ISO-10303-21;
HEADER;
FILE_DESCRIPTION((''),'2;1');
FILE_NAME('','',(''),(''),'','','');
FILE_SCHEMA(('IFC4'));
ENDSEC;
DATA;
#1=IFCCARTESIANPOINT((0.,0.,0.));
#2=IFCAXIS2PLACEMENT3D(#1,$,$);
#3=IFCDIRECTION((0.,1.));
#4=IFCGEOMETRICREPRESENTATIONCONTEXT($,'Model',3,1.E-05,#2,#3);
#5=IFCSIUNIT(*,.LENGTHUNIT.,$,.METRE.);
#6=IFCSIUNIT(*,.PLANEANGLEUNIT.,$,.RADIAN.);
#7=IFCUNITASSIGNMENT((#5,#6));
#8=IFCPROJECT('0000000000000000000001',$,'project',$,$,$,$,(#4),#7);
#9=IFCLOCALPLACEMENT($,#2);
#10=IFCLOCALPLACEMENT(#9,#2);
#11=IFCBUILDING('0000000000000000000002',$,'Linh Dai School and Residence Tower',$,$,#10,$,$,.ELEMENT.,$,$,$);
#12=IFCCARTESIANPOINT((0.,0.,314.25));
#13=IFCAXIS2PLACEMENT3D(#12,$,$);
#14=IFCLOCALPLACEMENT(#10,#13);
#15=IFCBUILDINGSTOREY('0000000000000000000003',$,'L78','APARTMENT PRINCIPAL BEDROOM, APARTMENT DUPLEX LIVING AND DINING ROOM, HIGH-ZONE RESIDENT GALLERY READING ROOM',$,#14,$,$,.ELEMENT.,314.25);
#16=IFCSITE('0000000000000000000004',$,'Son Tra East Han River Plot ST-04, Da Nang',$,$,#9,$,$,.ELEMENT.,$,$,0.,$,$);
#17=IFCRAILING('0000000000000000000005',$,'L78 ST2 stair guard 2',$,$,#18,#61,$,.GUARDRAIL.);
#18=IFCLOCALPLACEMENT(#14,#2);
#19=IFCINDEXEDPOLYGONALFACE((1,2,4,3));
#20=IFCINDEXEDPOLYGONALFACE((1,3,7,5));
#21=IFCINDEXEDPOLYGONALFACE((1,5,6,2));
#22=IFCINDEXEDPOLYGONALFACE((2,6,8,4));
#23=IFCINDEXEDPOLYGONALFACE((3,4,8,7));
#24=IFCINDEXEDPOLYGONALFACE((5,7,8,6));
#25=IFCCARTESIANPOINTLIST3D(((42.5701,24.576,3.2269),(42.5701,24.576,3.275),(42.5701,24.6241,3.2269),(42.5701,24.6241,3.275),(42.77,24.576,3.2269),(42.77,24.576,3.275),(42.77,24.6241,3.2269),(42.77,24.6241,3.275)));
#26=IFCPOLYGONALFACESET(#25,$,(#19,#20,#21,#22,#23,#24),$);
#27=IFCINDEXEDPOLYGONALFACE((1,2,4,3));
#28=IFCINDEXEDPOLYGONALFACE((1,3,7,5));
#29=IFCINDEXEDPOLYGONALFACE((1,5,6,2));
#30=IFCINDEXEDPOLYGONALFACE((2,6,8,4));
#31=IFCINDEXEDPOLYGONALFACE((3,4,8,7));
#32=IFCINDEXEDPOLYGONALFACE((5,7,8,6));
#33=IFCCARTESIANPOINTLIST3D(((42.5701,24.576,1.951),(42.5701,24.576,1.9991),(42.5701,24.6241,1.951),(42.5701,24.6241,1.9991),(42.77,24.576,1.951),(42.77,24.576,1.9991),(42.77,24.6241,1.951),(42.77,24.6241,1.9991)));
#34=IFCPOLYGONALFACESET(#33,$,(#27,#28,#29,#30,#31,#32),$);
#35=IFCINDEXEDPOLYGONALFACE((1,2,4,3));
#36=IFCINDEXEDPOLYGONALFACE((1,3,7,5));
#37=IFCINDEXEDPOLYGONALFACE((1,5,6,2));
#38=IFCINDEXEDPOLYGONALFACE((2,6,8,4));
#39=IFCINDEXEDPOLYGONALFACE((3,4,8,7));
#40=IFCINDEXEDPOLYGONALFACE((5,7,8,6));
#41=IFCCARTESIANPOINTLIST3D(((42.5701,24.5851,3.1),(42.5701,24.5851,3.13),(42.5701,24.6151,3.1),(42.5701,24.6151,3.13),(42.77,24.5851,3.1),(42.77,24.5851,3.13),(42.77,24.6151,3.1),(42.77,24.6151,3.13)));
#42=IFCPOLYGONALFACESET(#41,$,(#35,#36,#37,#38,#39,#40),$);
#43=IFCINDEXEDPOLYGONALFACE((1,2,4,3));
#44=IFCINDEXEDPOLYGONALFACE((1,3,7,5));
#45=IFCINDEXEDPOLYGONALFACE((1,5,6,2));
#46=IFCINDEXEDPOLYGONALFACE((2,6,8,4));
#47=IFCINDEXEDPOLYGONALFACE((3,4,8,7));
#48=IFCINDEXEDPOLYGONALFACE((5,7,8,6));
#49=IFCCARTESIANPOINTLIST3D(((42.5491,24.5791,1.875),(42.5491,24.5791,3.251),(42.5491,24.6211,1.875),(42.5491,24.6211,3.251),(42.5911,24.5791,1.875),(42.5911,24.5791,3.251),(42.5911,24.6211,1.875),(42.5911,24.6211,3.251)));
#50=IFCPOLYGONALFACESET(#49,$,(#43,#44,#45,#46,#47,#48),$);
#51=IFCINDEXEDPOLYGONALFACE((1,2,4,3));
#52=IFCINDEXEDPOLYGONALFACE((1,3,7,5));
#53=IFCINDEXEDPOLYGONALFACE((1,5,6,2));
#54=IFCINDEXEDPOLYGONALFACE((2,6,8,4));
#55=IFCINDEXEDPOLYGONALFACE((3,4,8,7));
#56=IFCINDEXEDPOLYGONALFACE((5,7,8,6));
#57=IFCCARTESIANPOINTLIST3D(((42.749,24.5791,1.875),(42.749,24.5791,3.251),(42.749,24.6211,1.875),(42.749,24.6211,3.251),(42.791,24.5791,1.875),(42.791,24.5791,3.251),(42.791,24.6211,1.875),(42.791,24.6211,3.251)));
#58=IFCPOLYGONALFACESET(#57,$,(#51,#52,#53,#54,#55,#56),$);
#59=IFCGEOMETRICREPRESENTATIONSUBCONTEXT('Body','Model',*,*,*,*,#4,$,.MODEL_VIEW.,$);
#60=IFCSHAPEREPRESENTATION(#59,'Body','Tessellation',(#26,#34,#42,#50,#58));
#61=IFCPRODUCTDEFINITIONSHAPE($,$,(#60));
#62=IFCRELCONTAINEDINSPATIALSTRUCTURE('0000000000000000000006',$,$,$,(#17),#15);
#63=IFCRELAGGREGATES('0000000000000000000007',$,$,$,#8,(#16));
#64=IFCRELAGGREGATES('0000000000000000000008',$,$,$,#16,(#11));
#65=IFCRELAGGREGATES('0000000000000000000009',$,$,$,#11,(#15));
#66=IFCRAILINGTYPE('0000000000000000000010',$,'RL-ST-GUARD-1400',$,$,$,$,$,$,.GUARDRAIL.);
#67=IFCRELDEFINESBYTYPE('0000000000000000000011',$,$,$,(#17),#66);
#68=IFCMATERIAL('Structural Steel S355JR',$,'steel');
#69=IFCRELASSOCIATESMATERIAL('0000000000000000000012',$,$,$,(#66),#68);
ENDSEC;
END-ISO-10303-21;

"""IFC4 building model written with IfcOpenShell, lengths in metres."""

from ifc_helpers import new_model, si_unit, direction, frame, origin, origin_2d, place, context, subcontext, project, spatial, rectangle, extrude, source, transform, mapped, material, type_object, element, save


model = new_model("IFC4")

# Units and contexts
model_context = context("Model", 3, precision=1e-05, world=origin(), true_north=direction((0.0, 1.0)))
body_context = subcontext(model_context, "Body", "Model", "MODEL_VIEW")
ifc_project = project(units=[si_unit("LENGTHUNIT", "METRE"), si_unit("PLANEANGLEUNIT", "RADIAN")], contexts=[model_context])

# Site, building, storey
site_placement = place(None, origin())
site = spatial("IfcSite", under=ifc_project, at=site_placement, Name="Son Tra East Han River Plot ST-04, Da Nang", CompositionType="ELEMENT", RefElevation=0.0)
building_placement = place(site_placement, origin())
building = spatial("IfcBuilding", under=site, at=building_placement, Name="Linh Dai School and Residence Tower", CompositionType="ELEMENT")
storey_placement = place(building_placement, frame((0.0, 0.0, 314.25)))
storey = spatial("IfcBuildingStorey", under=building, at=storey_placement, Name="L78", Description="APARTMENT PRINCIPAL BEDROOM, APARTMENT DUPLEX LIVING AND DINING ROOM, HIGH-ZONE RESIDENT GALLERY READING ROOM", CompositionType="ELEMENT", Elevation=314.25)

# Shared definitions
ifc_material_1 = material(Name="Structural Steel S355JR", Category="steel")

# Railing
railing_type_1 = type_object("IfcRailingType", Name="RL-ST-GUARD-1400", PredefinedType="GUARDRAIL", material=ifc_material_1)
shared_shape_1 = source(origin(), body_context, "Body", "SweptSolid", [
    extrude(rectangle(XDim=0.0481, YDim=0.0481, at=origin_2d()), frame((0.0, 0.0, 1.376), z_axis=(1.0, 0.0, 0.0), x_axis=(0.0, 1.0, 0.0)), (0.0, 0.0, 1.0), 0.2),
    extrude(rectangle(XDim=0.0481, YDim=0.0481, at=origin_2d()), frame((0.0, 0.0, 0.1001), z_axis=(1.0, 0.0, 0.0), x_axis=(0.0, 1.0, 0.0)), (0.0, 0.0, 1.0), 0.2),
    extrude(rectangle(XDim=0.03, YDim=0.03, at=origin_2d()), frame((0.0, 0.0, 1.24), z_axis=(1.0, 0.0, 0.0), x_axis=(0.0, 1.0, 0.0)), (0.0, 0.0, 1.0), 0.2),
    extrude(rectangle(XDim=0.042, YDim=0.042, at=origin_2d()), origin(), (0.0, 0.0, 1.0), 1.376),
    extrude(rectangle(XDim=0.042, YDim=0.042, at=origin_2d()), frame((0.2, 0.0, 0.0)), (0.0, 0.0, 1.0), 1.376),
])
railing_1_placement = place(storey_placement, frame((42.5701, 24.6001, 1.875)))
element("IfcRailing", 1, at=railing_1_placement, inside=storey, type_object=railing_type_1, Name="L78 ST2 stair guard 2", PredefinedType="GUARDRAIL", context=body_context, shape_type="MappedRepresentation", body=[
    mapped(shared_shape_1, transform((0.0, 0.0, 0.0), x_axis=(1.0, 0.0, 0.0), y_axis=(0.0, 1.0, 0.0), z_axis=(0.0, 0.0, 1.0), scale=1.0)),
])

save(model, "model.ifc")
